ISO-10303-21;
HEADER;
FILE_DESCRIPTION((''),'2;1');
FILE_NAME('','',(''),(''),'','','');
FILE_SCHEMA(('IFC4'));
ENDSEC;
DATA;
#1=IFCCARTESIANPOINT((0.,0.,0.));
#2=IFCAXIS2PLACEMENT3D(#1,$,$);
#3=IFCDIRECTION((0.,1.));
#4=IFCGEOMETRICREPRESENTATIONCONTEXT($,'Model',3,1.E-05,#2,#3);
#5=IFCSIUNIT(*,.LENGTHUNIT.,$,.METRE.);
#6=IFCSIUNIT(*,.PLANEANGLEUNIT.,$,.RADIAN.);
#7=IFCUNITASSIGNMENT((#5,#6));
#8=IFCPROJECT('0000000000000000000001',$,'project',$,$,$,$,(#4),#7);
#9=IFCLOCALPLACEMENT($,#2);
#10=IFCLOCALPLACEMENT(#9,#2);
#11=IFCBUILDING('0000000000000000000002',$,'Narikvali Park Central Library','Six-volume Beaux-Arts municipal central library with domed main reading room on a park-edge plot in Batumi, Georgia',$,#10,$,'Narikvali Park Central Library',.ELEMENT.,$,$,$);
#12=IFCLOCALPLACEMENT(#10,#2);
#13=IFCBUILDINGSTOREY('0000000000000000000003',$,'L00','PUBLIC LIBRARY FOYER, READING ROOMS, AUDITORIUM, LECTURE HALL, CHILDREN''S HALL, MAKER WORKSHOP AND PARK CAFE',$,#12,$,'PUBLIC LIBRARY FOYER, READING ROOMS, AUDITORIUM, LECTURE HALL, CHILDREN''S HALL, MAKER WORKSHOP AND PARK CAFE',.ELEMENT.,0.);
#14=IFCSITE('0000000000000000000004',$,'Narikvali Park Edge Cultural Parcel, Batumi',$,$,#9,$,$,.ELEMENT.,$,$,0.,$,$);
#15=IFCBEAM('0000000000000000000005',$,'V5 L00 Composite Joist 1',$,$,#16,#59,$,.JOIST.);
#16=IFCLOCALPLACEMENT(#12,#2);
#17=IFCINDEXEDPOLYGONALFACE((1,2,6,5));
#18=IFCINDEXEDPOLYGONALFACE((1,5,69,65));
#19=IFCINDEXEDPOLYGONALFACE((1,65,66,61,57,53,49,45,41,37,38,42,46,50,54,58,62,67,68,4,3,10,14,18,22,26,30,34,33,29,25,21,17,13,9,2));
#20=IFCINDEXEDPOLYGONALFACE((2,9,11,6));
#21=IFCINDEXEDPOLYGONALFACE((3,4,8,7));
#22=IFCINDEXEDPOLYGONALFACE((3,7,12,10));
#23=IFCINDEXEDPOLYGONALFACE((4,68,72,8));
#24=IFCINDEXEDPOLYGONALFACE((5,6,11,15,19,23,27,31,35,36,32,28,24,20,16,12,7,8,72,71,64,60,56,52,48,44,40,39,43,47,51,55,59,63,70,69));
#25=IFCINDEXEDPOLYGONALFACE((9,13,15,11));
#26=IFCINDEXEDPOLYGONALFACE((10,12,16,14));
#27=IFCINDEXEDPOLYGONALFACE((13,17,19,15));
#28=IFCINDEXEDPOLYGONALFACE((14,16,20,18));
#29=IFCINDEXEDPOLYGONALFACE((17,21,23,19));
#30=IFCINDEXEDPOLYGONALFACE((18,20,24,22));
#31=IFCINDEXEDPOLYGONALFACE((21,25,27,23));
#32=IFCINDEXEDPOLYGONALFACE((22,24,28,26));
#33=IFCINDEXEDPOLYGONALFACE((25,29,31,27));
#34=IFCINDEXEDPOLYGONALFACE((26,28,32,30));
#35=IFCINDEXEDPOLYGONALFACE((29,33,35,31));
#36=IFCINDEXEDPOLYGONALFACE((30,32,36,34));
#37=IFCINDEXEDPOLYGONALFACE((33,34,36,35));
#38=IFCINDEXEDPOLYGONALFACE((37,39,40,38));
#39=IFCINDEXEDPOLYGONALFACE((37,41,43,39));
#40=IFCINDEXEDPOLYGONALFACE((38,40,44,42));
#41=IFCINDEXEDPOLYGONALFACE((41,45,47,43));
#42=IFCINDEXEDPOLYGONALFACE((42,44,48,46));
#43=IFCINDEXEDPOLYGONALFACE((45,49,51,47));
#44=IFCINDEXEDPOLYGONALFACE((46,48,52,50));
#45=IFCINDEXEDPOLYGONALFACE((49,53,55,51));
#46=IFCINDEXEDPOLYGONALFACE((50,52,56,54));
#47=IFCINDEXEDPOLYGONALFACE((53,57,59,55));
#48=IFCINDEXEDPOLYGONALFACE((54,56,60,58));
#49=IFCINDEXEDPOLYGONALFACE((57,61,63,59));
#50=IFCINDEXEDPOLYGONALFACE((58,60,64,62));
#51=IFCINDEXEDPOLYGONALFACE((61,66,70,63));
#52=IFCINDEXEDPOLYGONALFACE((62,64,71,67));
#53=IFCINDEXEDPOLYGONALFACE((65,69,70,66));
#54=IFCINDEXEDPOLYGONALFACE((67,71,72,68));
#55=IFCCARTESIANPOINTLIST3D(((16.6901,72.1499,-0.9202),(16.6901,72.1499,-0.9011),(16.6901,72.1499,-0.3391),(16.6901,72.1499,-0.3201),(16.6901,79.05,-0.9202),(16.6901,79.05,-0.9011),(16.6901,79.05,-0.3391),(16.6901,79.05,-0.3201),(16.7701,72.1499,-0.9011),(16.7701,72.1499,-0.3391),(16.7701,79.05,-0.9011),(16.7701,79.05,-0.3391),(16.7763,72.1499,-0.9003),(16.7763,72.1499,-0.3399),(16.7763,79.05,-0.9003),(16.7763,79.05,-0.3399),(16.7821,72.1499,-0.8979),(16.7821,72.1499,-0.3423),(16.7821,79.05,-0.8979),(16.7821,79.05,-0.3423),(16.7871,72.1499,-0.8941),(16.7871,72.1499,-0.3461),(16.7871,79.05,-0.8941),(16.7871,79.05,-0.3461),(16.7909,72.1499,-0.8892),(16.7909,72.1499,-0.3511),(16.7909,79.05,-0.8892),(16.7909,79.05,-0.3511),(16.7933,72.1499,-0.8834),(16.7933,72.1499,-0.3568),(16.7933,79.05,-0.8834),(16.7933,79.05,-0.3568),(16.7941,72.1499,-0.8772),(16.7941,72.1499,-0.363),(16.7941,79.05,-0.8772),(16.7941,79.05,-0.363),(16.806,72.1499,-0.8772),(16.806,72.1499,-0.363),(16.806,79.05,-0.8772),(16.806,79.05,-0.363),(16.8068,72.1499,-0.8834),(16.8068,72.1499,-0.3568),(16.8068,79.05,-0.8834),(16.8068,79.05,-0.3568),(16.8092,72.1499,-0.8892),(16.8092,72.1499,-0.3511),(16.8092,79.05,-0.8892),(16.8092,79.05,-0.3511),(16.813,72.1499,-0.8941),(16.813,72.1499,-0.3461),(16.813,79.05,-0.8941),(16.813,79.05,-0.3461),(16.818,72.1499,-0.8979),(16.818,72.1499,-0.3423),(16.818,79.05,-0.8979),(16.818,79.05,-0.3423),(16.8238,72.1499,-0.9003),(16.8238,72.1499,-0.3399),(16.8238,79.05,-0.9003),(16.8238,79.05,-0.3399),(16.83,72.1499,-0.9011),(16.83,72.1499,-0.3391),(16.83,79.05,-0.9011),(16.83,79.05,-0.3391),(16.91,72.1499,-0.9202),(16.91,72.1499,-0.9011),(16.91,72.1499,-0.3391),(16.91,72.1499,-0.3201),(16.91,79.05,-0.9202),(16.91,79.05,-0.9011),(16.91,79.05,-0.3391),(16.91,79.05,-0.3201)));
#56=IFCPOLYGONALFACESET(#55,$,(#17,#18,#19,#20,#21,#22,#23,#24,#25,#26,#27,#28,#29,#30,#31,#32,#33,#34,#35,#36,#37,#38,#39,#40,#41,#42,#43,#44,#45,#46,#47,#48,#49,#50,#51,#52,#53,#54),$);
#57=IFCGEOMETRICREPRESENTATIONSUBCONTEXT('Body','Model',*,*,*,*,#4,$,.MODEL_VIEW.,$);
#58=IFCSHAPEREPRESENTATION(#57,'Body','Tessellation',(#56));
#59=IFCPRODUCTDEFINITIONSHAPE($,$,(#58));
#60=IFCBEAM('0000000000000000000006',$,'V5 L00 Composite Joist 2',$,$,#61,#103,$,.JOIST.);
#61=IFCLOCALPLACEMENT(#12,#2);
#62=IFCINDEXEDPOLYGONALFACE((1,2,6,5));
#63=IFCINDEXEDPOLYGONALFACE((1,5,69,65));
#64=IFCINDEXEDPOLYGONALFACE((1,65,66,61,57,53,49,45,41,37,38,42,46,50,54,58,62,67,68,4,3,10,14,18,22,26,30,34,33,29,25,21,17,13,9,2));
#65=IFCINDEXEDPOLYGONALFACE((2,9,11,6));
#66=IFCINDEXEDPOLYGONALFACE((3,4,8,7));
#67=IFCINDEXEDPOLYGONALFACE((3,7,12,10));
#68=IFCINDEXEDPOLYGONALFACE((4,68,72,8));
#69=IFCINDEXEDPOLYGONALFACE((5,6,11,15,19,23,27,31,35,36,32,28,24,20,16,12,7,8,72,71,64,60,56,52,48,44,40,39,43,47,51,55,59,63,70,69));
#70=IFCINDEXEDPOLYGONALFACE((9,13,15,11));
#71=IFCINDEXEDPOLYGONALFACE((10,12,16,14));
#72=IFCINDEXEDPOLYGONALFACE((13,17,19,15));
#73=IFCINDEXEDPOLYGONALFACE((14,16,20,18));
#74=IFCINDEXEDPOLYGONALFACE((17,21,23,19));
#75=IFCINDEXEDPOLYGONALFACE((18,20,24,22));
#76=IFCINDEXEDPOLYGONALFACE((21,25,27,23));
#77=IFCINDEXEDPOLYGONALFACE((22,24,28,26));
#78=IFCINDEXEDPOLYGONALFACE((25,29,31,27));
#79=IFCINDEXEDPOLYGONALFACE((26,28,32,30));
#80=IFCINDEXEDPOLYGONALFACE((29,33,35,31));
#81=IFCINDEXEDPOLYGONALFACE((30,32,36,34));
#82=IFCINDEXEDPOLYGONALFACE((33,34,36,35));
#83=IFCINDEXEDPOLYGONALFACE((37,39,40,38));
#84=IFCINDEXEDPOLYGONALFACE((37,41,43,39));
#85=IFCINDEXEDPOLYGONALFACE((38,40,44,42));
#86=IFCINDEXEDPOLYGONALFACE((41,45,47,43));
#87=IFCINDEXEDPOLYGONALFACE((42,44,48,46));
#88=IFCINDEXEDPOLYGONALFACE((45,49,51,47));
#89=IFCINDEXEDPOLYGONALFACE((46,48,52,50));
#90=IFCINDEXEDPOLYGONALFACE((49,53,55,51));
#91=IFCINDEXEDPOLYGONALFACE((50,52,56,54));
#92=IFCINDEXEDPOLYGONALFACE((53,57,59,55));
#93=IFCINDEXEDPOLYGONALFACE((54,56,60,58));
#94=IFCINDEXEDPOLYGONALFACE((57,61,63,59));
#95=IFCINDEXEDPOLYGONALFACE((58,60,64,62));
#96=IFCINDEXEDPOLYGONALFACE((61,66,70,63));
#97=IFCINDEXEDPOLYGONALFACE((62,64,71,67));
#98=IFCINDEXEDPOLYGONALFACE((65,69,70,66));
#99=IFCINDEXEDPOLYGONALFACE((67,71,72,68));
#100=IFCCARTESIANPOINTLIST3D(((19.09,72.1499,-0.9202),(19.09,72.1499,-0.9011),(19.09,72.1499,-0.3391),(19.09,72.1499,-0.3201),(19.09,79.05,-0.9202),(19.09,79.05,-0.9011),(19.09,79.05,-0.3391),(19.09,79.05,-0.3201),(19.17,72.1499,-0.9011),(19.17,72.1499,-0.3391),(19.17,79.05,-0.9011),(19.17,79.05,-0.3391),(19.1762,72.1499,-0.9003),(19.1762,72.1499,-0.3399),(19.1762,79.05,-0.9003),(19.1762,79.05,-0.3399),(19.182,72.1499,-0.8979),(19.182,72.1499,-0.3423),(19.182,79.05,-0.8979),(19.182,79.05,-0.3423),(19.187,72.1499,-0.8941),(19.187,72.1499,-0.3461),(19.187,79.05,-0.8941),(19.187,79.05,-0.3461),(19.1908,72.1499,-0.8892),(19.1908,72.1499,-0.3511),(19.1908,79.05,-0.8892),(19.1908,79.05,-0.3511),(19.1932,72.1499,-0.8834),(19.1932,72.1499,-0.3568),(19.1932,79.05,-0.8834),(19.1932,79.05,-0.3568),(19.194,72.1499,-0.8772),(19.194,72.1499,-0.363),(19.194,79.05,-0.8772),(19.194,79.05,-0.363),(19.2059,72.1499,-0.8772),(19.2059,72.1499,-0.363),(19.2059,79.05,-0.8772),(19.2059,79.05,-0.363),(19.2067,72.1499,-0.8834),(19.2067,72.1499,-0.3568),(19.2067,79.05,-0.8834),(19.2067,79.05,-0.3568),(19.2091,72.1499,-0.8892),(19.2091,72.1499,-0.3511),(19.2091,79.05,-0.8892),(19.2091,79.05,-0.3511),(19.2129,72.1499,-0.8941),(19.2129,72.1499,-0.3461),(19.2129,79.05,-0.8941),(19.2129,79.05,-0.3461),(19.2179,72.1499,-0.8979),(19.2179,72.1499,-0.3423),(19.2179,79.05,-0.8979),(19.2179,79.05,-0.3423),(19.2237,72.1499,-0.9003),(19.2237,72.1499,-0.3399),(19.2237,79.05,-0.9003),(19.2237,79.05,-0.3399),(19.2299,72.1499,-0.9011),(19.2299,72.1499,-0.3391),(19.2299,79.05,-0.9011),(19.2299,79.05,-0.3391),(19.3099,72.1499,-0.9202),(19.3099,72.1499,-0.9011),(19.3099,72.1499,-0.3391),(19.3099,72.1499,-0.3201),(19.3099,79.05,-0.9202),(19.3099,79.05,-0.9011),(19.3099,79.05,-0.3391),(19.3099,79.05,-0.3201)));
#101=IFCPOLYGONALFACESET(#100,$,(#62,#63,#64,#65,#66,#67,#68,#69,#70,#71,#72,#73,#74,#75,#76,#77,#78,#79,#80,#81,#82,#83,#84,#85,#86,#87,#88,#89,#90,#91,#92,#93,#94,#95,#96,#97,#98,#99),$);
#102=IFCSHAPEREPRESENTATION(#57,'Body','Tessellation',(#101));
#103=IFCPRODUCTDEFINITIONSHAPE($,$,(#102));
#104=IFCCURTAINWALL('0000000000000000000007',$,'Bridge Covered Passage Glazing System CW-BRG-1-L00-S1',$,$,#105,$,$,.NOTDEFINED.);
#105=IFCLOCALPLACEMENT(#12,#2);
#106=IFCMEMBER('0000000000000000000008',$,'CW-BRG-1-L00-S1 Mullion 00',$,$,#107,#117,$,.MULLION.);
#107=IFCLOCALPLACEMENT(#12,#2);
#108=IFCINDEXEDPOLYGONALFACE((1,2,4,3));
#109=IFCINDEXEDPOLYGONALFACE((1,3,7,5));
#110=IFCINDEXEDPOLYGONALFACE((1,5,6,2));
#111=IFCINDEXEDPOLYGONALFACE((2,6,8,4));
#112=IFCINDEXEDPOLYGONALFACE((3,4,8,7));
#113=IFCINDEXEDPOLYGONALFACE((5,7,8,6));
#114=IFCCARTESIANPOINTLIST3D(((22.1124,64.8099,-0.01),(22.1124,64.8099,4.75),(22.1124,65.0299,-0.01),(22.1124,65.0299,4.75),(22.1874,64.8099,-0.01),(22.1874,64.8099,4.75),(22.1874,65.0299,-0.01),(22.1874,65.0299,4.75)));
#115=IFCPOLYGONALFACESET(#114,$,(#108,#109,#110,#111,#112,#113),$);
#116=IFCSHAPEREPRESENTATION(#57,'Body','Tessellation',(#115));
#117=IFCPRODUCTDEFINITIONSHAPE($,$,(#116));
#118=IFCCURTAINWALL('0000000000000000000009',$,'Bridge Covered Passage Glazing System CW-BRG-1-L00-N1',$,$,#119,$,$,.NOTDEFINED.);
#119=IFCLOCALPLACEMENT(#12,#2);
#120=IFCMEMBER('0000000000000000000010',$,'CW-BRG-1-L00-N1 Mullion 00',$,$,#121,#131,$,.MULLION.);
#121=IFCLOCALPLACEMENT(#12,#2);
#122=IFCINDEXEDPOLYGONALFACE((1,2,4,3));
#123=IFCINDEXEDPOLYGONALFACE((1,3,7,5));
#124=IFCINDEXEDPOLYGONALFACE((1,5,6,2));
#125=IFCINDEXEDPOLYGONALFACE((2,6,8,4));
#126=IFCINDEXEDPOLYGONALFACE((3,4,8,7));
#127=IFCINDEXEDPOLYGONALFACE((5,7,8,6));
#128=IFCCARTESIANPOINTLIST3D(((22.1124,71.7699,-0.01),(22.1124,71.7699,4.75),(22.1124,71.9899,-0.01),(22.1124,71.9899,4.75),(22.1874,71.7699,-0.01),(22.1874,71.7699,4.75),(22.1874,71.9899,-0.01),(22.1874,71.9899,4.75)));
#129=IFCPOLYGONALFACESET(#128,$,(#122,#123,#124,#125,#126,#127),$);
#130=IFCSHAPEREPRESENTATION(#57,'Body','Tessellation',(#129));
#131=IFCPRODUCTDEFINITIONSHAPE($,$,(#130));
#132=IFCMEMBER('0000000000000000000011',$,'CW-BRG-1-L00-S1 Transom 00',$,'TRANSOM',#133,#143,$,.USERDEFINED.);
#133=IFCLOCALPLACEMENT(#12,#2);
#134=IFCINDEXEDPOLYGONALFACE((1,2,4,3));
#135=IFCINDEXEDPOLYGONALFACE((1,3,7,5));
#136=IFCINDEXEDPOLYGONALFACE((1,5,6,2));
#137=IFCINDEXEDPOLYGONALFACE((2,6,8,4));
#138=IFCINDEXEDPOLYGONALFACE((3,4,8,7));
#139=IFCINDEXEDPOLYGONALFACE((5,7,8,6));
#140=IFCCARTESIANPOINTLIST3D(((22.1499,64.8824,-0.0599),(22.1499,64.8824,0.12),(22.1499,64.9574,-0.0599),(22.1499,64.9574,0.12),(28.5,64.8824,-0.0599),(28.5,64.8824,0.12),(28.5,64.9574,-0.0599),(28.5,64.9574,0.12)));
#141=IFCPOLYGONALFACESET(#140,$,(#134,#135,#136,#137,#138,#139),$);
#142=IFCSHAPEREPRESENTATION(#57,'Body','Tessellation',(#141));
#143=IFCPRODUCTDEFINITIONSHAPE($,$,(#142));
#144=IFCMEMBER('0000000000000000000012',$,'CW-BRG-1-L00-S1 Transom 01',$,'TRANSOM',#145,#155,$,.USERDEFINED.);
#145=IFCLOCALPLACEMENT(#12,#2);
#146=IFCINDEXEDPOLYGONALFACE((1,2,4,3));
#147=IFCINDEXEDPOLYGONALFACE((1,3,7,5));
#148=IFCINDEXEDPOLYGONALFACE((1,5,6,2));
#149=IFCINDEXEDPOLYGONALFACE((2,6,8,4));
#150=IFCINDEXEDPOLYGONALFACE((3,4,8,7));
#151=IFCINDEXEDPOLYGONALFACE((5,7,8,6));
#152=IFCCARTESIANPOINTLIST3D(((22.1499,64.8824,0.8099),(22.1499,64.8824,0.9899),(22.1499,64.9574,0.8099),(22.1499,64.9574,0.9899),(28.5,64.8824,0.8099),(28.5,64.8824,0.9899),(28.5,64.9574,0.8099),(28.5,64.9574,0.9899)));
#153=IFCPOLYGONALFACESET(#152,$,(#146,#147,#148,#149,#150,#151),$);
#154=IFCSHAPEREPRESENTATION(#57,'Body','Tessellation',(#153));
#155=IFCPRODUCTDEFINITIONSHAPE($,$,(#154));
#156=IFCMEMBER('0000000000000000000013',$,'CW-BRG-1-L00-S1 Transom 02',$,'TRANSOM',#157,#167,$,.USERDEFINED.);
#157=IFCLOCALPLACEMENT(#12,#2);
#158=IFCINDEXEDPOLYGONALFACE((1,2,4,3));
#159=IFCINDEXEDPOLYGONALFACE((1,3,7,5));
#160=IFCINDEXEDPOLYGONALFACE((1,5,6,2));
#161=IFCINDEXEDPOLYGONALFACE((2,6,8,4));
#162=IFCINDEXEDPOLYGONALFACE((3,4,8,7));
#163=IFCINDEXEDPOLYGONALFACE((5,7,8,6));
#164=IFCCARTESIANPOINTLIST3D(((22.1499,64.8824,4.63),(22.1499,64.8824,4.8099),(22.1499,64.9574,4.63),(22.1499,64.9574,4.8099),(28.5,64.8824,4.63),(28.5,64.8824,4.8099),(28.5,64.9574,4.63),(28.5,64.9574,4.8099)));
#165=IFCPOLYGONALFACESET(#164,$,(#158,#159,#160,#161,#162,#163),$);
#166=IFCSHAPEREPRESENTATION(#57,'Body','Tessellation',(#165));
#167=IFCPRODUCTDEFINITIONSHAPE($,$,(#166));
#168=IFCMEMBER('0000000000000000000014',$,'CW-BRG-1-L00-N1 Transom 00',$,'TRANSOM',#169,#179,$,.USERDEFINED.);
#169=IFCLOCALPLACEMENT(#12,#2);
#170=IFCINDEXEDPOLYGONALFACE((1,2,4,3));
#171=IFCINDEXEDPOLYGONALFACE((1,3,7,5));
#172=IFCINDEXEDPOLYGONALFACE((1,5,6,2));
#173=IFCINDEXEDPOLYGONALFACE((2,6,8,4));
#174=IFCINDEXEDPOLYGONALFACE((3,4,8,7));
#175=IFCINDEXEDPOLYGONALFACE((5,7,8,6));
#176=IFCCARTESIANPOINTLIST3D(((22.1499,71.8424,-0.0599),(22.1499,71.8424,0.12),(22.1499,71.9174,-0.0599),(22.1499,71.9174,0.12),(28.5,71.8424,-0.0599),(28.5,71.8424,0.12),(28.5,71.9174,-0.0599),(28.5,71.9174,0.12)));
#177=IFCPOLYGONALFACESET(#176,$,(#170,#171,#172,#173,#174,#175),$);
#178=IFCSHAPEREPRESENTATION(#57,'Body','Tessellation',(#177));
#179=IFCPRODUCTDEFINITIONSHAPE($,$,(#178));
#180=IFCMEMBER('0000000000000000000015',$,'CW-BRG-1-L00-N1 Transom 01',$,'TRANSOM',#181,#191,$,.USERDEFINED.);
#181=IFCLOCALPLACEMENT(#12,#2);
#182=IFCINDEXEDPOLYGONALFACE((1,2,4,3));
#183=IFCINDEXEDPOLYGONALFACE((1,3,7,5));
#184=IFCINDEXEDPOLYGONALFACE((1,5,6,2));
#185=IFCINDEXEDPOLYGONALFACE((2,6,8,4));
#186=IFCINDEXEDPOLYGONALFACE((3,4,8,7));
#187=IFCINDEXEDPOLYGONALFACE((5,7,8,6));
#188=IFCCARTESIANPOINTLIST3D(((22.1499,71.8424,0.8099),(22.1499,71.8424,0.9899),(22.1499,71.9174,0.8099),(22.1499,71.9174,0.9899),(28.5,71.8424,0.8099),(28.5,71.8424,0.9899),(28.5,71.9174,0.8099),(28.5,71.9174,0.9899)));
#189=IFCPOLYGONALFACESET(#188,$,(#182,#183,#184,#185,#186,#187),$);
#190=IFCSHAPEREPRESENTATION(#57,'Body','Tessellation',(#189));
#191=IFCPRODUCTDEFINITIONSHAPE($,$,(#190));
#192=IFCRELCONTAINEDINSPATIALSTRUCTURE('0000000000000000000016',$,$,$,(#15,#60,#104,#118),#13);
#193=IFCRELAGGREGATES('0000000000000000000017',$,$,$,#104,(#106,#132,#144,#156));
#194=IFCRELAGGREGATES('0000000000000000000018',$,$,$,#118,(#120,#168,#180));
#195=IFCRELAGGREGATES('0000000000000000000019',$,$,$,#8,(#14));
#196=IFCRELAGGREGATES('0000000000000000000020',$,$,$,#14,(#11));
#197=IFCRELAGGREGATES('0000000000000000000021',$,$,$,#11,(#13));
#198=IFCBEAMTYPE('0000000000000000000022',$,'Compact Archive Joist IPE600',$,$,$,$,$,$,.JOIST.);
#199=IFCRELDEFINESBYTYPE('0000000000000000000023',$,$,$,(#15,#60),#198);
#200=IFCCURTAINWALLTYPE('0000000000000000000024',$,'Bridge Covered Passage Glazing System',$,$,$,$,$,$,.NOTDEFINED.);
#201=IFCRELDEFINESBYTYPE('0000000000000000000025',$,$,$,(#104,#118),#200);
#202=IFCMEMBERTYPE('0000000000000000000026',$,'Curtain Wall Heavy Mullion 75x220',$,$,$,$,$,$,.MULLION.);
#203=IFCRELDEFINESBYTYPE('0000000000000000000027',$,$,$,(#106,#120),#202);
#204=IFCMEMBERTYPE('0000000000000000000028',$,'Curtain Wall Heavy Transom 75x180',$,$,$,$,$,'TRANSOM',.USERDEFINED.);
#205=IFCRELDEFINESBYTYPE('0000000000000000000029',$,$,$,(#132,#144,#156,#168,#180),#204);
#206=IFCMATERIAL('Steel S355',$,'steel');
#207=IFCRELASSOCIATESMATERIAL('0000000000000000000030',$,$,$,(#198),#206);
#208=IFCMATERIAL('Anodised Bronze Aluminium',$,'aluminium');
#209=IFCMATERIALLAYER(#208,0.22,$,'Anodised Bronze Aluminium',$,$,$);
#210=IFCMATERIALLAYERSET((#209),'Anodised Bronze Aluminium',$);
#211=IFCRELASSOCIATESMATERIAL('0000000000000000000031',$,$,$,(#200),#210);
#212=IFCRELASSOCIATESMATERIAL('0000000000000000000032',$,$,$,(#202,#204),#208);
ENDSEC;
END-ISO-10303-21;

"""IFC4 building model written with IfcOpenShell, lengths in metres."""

from ifc_helpers import new_model, si_unit, direction, frame, origin, origin_2d, place, context, subcontext, project, spatial, rectangle, i_section, extrude, material, layer, layer_set, material_profile, profile_set, type_object, element, aggregate, save


model = new_model("IFC4")

# Units and contexts
model_context = context("Model", 3, precision=1e-05, world=origin(), true_north=direction((0.0, 1.0)))
body_context = subcontext(model_context, "Body", "Model", "MODEL_VIEW")
ifc_project = project(units=[si_unit("LENGTHUNIT", "METRE"), si_unit("PLANEANGLEUNIT", "RADIAN")], contexts=[model_context])

# Site, building, storey
site_placement = place(None, origin())
site = spatial("IfcSite", under=ifc_project, at=site_placement, Name="Narikvali Park Edge Cultural Parcel, Batumi", CompositionType="ELEMENT", RefElevation=0.0)
building_placement = place(site_placement, origin())
building = spatial("IfcBuilding", under=site, at=building_placement, Name="Narikvali Park Central Library", Description="Six-volume Beaux-Arts municipal central library with domed main reading room on a park-edge plot in Batumi, Georgia", LongName="Narikvali Park Central Library", CompositionType="ELEMENT")
storey_placement = place(building_placement, origin())
storey = spatial("IfcBuildingStorey", under=building, at=storey_placement, Name="L00", Description="PUBLIC LIBRARY FOYER, READING ROOMS, AUDITORIUM, LECTURE HALL, CHILDREN'S HALL, MAKER WORKSHOP AND PARK CAFE", LongName="PUBLIC LIBRARY FOYER, READING ROOMS, AUDITORIUM, LECTURE HALL, CHILDREN'S HALL, MAKER WORKSHOP AND PARK CAFE", CompositionType="ELEMENT", Elevation=0.0)

# Shared definitions
ifc_material_1 = material(Name="Steel S355", Category="steel")

# Beams
ifc_material_profile_1 = material_profile(ifc_material_1, i_section(OverallWidth=0.22, OverallDepth=0.6001, WebThickness=0.012, FlangeThickness=0.019, FilletRadius=0.0239, at=origin_2d()), Name="IPE 600")
ifc_profile_set_1 = profile_set([ifc_material_profile_1], Name="Steel S355")
beam_type_1 = type_object("IfcBeamType", Name="Compact Archive Joist IPE600", PredefinedType="JOIST", material=ifc_profile_set_1)
for number, where, z_axis, x_axis, name in (
    (1, (16.8, 72.1499, -0.6201), (0.0, 1.0, 0.0), (-1.0, 0.0, 0.0), "V5 L00 Composite Joist 1"),
    (2, (19.2, 72.1499, -0.6201), (0.0, 1.0, 0.0), (-1.0, 0.0, 0.0), "V5 L00 Composite Joist 2"),
):
    element("IfcBeam", number, at=place(storey_placement, frame(where, z_axis=z_axis, x_axis=x_axis)), inside=storey, type_object=beam_type_1, Name=name, PredefinedType="JOIST", context=body_context, shape_type="SweptSolid", body=[
        extrude(i_section(OverallWidth=0.22, OverallDepth=0.6001, WebThickness=0.012, FlangeThickness=0.019, FilletRadius=0.0239, at=origin_2d()), origin(), (0.0, 0.0, 1.0), 6.9001),
    ])

# Curtain walls, members
ifc_material_2 = material(Name="Anodised Bronze Aluminium", Category="aluminium")
ifc_layer_1 = layer(ifc_material_2, 0.22, Name="Anodised Bronze Aluminium")
ifc_layer_set_1 = layer_set([ifc_layer_1], Name="Anodised Bronze Aluminium")
curtain_wall_type = type_object("IfcCurtainWallType", Name="Bridge Covered Passage Glazing System", PredefinedType="NOTDEFINED", material=ifc_layer_set_1)
curtain_wall_1_placement = place(storey_placement, origin())
curtain_wall_1 = element("IfcCurtainWall", 3, at=curtain_wall_1_placement, inside=storey, type_object=curtain_wall_type, Name="Bridge Covered Passage Glazing System CW-BRG-1-L00-S1", PredefinedType="NOTDEFINED")
ifc_material_profile_2 = material_profile(ifc_material_2, rectangle(XDim=0.075, YDim=0.22, at=origin_2d()), Name="CW MULLION 75x220")
ifc_profile_set_2 = profile_set([ifc_material_profile_2], Name="Anodised Bronze Aluminium")
member_type_1 = type_object("IfcMemberType", Name="Curtain Wall Heavy Mullion 75x220", PredefinedType="MULLION", material=ifc_profile_set_2)
member_1_placement = place(storey_placement, frame((22.1499, 64.9199, -0.01), z_axis=(0.0, 0.0, 1.0), x_axis=(1.0, 0.0, 0.0)))
member_1 = element("IfcMember", 4, at=member_1_placement, type_object=member_type_1, Name="CW-BRG-1-L00-S1 Mullion 00", PredefinedType="MULLION", context=body_context, shape_type="SweptSolid", body=[
    extrude(rectangle(XDim=0.075, YDim=0.22, at=origin_2d()), origin(), (0.0, 0.0, 1.0), 4.76),
])
curtain_wall_2_placement = place(storey_placement, origin())
curtain_wall_2 = element("IfcCurtainWall", 5, at=curtain_wall_2_placement, inside=storey, type_object=curtain_wall_type, Name="Bridge Covered Passage Glazing System CW-BRG-1-L00-N1", PredefinedType="NOTDEFINED")
member_2_placement = place(storey_placement, frame((22.1499, 71.8799, -0.01), z_axis=(0.0, 0.0, 1.0), x_axis=(1.0, 0.0, 0.0)))
member_2 = element("IfcMember", 6, at=member_2_placement, type_object=member_type_1, Name="CW-BRG-1-L00-N1 Mullion 00", PredefinedType="MULLION", context=body_context, shape_type="SweptSolid", body=[
    extrude(rectangle(XDim=0.075, YDim=0.22, at=origin_2d()), origin(), (0.0, 0.0, 1.0), 4.76),
])

# Members
ifc_material_profile_3 = material_profile(ifc_material_2, rectangle(XDim=0.075, YDim=0.1799, at=origin_2d()), Name="CW TRANSOM 75x180")
ifc_profile_set_3 = profile_set([ifc_material_profile_3], Name="Anodised Bronze Aluminium")
member_type_2 = type_object("IfcMemberType", Name="Curtain Wall Heavy Transom 75x180", ElementType="TRANSOM", PredefinedType="USERDEFINED", material=ifc_profile_set_3)
member_3_placement = place(storey_placement, frame((22.1499, 64.9199, 0.03), z_axis=(1.0, 0.0, 0.0), x_axis=(0.0, 1.0, 0.0)))
member_3 = element("IfcMember", 7, at=member_3_placement, type_object=member_type_2, Name="CW-BRG-1-L00-S1 Transom 00", ObjectType="TRANSOM", PredefinedType="USERDEFINED", context=body_context, shape_type="SweptSolid", body=[
    extrude(rectangle(XDim=0.075, YDim=0.1799, at=origin_2d()), origin(), (0.0, 0.0, 1.0), 6.3501),
])
member_4_placement = place(storey_placement, frame((22.1499, 64.9199, 0.8999), z_axis=(1.0, 0.0, 0.0), x_axis=(0.0, 1.0, 0.0)))
member_4 = element("IfcMember", 8, at=member_4_placement, type_object=member_type_2, Name="CW-BRG-1-L00-S1 Transom 01", ObjectType="TRANSOM", PredefinedType="USERDEFINED", context=body_context, shape_type="SweptSolid", body=[
    extrude(rectangle(XDim=0.075, YDim=0.1799, at=origin_2d()), origin(), (0.0, 0.0, 1.0), 6.3501),
])
member_5_placement = place(storey_placement, frame((22.1499, 64.9199, 4.72), z_axis=(1.0, 0.0, 0.0), x_axis=(0.0, 1.0, 0.0)))
member_5 = element("IfcMember", 9, at=member_5_placement, type_object=member_type_2, Name="CW-BRG-1-L00-S1 Transom 02", ObjectType="TRANSOM", PredefinedType="USERDEFINED", context=body_context, shape_type="SweptSolid", body=[
    extrude(rectangle(XDim=0.075, YDim=0.1799, at=origin_2d()), origin(), (0.0, 0.0, 1.0), 6.3501),
])
aggregate(curtain_wall_1, [member_1, member_3, member_4, member_5])
member_6_placement = place(storey_placement, frame((22.1499, 71.8799, 0.03), z_axis=(1.0, 0.0, 0.0), x_axis=(0.0, 1.0, 0.0)))
member_6 = element("IfcMember", 10, at=member_6_placement, type_object=member_type_2, Name="CW-BRG-1-L00-N1 Transom 00", ObjectType="TRANSOM", PredefinedType="USERDEFINED", context=body_context, shape_type="SweptSolid", body=[
    extrude(rectangle(XDim=0.075, YDim=0.1799, at=origin_2d()), origin(), (0.0, 0.0, 1.0), 6.3501),
])
member_7_placement = place(storey_placement, frame((22.1499, 71.8799, 0.8999), z_axis=(1.0, 0.0, 0.0), x_axis=(0.0, 1.0, 0.0)))
member_7 = element("IfcMember", 11, at=member_7_placement, type_object=member_type_2, Name="CW-BRG-1-L00-N1 Transom 01", ObjectType="TRANSOM", PredefinedType="USERDEFINED", context=body_context, shape_type="SweptSolid", body=[
    extrude(rectangle(XDim=0.075, YDim=0.1799, at=origin_2d()), origin(), (0.0, 0.0, 1.0), 6.3501),
])
aggregate(curtain_wall_2, [member_2, member_6, member_7])

save(model, "model.ifc")
